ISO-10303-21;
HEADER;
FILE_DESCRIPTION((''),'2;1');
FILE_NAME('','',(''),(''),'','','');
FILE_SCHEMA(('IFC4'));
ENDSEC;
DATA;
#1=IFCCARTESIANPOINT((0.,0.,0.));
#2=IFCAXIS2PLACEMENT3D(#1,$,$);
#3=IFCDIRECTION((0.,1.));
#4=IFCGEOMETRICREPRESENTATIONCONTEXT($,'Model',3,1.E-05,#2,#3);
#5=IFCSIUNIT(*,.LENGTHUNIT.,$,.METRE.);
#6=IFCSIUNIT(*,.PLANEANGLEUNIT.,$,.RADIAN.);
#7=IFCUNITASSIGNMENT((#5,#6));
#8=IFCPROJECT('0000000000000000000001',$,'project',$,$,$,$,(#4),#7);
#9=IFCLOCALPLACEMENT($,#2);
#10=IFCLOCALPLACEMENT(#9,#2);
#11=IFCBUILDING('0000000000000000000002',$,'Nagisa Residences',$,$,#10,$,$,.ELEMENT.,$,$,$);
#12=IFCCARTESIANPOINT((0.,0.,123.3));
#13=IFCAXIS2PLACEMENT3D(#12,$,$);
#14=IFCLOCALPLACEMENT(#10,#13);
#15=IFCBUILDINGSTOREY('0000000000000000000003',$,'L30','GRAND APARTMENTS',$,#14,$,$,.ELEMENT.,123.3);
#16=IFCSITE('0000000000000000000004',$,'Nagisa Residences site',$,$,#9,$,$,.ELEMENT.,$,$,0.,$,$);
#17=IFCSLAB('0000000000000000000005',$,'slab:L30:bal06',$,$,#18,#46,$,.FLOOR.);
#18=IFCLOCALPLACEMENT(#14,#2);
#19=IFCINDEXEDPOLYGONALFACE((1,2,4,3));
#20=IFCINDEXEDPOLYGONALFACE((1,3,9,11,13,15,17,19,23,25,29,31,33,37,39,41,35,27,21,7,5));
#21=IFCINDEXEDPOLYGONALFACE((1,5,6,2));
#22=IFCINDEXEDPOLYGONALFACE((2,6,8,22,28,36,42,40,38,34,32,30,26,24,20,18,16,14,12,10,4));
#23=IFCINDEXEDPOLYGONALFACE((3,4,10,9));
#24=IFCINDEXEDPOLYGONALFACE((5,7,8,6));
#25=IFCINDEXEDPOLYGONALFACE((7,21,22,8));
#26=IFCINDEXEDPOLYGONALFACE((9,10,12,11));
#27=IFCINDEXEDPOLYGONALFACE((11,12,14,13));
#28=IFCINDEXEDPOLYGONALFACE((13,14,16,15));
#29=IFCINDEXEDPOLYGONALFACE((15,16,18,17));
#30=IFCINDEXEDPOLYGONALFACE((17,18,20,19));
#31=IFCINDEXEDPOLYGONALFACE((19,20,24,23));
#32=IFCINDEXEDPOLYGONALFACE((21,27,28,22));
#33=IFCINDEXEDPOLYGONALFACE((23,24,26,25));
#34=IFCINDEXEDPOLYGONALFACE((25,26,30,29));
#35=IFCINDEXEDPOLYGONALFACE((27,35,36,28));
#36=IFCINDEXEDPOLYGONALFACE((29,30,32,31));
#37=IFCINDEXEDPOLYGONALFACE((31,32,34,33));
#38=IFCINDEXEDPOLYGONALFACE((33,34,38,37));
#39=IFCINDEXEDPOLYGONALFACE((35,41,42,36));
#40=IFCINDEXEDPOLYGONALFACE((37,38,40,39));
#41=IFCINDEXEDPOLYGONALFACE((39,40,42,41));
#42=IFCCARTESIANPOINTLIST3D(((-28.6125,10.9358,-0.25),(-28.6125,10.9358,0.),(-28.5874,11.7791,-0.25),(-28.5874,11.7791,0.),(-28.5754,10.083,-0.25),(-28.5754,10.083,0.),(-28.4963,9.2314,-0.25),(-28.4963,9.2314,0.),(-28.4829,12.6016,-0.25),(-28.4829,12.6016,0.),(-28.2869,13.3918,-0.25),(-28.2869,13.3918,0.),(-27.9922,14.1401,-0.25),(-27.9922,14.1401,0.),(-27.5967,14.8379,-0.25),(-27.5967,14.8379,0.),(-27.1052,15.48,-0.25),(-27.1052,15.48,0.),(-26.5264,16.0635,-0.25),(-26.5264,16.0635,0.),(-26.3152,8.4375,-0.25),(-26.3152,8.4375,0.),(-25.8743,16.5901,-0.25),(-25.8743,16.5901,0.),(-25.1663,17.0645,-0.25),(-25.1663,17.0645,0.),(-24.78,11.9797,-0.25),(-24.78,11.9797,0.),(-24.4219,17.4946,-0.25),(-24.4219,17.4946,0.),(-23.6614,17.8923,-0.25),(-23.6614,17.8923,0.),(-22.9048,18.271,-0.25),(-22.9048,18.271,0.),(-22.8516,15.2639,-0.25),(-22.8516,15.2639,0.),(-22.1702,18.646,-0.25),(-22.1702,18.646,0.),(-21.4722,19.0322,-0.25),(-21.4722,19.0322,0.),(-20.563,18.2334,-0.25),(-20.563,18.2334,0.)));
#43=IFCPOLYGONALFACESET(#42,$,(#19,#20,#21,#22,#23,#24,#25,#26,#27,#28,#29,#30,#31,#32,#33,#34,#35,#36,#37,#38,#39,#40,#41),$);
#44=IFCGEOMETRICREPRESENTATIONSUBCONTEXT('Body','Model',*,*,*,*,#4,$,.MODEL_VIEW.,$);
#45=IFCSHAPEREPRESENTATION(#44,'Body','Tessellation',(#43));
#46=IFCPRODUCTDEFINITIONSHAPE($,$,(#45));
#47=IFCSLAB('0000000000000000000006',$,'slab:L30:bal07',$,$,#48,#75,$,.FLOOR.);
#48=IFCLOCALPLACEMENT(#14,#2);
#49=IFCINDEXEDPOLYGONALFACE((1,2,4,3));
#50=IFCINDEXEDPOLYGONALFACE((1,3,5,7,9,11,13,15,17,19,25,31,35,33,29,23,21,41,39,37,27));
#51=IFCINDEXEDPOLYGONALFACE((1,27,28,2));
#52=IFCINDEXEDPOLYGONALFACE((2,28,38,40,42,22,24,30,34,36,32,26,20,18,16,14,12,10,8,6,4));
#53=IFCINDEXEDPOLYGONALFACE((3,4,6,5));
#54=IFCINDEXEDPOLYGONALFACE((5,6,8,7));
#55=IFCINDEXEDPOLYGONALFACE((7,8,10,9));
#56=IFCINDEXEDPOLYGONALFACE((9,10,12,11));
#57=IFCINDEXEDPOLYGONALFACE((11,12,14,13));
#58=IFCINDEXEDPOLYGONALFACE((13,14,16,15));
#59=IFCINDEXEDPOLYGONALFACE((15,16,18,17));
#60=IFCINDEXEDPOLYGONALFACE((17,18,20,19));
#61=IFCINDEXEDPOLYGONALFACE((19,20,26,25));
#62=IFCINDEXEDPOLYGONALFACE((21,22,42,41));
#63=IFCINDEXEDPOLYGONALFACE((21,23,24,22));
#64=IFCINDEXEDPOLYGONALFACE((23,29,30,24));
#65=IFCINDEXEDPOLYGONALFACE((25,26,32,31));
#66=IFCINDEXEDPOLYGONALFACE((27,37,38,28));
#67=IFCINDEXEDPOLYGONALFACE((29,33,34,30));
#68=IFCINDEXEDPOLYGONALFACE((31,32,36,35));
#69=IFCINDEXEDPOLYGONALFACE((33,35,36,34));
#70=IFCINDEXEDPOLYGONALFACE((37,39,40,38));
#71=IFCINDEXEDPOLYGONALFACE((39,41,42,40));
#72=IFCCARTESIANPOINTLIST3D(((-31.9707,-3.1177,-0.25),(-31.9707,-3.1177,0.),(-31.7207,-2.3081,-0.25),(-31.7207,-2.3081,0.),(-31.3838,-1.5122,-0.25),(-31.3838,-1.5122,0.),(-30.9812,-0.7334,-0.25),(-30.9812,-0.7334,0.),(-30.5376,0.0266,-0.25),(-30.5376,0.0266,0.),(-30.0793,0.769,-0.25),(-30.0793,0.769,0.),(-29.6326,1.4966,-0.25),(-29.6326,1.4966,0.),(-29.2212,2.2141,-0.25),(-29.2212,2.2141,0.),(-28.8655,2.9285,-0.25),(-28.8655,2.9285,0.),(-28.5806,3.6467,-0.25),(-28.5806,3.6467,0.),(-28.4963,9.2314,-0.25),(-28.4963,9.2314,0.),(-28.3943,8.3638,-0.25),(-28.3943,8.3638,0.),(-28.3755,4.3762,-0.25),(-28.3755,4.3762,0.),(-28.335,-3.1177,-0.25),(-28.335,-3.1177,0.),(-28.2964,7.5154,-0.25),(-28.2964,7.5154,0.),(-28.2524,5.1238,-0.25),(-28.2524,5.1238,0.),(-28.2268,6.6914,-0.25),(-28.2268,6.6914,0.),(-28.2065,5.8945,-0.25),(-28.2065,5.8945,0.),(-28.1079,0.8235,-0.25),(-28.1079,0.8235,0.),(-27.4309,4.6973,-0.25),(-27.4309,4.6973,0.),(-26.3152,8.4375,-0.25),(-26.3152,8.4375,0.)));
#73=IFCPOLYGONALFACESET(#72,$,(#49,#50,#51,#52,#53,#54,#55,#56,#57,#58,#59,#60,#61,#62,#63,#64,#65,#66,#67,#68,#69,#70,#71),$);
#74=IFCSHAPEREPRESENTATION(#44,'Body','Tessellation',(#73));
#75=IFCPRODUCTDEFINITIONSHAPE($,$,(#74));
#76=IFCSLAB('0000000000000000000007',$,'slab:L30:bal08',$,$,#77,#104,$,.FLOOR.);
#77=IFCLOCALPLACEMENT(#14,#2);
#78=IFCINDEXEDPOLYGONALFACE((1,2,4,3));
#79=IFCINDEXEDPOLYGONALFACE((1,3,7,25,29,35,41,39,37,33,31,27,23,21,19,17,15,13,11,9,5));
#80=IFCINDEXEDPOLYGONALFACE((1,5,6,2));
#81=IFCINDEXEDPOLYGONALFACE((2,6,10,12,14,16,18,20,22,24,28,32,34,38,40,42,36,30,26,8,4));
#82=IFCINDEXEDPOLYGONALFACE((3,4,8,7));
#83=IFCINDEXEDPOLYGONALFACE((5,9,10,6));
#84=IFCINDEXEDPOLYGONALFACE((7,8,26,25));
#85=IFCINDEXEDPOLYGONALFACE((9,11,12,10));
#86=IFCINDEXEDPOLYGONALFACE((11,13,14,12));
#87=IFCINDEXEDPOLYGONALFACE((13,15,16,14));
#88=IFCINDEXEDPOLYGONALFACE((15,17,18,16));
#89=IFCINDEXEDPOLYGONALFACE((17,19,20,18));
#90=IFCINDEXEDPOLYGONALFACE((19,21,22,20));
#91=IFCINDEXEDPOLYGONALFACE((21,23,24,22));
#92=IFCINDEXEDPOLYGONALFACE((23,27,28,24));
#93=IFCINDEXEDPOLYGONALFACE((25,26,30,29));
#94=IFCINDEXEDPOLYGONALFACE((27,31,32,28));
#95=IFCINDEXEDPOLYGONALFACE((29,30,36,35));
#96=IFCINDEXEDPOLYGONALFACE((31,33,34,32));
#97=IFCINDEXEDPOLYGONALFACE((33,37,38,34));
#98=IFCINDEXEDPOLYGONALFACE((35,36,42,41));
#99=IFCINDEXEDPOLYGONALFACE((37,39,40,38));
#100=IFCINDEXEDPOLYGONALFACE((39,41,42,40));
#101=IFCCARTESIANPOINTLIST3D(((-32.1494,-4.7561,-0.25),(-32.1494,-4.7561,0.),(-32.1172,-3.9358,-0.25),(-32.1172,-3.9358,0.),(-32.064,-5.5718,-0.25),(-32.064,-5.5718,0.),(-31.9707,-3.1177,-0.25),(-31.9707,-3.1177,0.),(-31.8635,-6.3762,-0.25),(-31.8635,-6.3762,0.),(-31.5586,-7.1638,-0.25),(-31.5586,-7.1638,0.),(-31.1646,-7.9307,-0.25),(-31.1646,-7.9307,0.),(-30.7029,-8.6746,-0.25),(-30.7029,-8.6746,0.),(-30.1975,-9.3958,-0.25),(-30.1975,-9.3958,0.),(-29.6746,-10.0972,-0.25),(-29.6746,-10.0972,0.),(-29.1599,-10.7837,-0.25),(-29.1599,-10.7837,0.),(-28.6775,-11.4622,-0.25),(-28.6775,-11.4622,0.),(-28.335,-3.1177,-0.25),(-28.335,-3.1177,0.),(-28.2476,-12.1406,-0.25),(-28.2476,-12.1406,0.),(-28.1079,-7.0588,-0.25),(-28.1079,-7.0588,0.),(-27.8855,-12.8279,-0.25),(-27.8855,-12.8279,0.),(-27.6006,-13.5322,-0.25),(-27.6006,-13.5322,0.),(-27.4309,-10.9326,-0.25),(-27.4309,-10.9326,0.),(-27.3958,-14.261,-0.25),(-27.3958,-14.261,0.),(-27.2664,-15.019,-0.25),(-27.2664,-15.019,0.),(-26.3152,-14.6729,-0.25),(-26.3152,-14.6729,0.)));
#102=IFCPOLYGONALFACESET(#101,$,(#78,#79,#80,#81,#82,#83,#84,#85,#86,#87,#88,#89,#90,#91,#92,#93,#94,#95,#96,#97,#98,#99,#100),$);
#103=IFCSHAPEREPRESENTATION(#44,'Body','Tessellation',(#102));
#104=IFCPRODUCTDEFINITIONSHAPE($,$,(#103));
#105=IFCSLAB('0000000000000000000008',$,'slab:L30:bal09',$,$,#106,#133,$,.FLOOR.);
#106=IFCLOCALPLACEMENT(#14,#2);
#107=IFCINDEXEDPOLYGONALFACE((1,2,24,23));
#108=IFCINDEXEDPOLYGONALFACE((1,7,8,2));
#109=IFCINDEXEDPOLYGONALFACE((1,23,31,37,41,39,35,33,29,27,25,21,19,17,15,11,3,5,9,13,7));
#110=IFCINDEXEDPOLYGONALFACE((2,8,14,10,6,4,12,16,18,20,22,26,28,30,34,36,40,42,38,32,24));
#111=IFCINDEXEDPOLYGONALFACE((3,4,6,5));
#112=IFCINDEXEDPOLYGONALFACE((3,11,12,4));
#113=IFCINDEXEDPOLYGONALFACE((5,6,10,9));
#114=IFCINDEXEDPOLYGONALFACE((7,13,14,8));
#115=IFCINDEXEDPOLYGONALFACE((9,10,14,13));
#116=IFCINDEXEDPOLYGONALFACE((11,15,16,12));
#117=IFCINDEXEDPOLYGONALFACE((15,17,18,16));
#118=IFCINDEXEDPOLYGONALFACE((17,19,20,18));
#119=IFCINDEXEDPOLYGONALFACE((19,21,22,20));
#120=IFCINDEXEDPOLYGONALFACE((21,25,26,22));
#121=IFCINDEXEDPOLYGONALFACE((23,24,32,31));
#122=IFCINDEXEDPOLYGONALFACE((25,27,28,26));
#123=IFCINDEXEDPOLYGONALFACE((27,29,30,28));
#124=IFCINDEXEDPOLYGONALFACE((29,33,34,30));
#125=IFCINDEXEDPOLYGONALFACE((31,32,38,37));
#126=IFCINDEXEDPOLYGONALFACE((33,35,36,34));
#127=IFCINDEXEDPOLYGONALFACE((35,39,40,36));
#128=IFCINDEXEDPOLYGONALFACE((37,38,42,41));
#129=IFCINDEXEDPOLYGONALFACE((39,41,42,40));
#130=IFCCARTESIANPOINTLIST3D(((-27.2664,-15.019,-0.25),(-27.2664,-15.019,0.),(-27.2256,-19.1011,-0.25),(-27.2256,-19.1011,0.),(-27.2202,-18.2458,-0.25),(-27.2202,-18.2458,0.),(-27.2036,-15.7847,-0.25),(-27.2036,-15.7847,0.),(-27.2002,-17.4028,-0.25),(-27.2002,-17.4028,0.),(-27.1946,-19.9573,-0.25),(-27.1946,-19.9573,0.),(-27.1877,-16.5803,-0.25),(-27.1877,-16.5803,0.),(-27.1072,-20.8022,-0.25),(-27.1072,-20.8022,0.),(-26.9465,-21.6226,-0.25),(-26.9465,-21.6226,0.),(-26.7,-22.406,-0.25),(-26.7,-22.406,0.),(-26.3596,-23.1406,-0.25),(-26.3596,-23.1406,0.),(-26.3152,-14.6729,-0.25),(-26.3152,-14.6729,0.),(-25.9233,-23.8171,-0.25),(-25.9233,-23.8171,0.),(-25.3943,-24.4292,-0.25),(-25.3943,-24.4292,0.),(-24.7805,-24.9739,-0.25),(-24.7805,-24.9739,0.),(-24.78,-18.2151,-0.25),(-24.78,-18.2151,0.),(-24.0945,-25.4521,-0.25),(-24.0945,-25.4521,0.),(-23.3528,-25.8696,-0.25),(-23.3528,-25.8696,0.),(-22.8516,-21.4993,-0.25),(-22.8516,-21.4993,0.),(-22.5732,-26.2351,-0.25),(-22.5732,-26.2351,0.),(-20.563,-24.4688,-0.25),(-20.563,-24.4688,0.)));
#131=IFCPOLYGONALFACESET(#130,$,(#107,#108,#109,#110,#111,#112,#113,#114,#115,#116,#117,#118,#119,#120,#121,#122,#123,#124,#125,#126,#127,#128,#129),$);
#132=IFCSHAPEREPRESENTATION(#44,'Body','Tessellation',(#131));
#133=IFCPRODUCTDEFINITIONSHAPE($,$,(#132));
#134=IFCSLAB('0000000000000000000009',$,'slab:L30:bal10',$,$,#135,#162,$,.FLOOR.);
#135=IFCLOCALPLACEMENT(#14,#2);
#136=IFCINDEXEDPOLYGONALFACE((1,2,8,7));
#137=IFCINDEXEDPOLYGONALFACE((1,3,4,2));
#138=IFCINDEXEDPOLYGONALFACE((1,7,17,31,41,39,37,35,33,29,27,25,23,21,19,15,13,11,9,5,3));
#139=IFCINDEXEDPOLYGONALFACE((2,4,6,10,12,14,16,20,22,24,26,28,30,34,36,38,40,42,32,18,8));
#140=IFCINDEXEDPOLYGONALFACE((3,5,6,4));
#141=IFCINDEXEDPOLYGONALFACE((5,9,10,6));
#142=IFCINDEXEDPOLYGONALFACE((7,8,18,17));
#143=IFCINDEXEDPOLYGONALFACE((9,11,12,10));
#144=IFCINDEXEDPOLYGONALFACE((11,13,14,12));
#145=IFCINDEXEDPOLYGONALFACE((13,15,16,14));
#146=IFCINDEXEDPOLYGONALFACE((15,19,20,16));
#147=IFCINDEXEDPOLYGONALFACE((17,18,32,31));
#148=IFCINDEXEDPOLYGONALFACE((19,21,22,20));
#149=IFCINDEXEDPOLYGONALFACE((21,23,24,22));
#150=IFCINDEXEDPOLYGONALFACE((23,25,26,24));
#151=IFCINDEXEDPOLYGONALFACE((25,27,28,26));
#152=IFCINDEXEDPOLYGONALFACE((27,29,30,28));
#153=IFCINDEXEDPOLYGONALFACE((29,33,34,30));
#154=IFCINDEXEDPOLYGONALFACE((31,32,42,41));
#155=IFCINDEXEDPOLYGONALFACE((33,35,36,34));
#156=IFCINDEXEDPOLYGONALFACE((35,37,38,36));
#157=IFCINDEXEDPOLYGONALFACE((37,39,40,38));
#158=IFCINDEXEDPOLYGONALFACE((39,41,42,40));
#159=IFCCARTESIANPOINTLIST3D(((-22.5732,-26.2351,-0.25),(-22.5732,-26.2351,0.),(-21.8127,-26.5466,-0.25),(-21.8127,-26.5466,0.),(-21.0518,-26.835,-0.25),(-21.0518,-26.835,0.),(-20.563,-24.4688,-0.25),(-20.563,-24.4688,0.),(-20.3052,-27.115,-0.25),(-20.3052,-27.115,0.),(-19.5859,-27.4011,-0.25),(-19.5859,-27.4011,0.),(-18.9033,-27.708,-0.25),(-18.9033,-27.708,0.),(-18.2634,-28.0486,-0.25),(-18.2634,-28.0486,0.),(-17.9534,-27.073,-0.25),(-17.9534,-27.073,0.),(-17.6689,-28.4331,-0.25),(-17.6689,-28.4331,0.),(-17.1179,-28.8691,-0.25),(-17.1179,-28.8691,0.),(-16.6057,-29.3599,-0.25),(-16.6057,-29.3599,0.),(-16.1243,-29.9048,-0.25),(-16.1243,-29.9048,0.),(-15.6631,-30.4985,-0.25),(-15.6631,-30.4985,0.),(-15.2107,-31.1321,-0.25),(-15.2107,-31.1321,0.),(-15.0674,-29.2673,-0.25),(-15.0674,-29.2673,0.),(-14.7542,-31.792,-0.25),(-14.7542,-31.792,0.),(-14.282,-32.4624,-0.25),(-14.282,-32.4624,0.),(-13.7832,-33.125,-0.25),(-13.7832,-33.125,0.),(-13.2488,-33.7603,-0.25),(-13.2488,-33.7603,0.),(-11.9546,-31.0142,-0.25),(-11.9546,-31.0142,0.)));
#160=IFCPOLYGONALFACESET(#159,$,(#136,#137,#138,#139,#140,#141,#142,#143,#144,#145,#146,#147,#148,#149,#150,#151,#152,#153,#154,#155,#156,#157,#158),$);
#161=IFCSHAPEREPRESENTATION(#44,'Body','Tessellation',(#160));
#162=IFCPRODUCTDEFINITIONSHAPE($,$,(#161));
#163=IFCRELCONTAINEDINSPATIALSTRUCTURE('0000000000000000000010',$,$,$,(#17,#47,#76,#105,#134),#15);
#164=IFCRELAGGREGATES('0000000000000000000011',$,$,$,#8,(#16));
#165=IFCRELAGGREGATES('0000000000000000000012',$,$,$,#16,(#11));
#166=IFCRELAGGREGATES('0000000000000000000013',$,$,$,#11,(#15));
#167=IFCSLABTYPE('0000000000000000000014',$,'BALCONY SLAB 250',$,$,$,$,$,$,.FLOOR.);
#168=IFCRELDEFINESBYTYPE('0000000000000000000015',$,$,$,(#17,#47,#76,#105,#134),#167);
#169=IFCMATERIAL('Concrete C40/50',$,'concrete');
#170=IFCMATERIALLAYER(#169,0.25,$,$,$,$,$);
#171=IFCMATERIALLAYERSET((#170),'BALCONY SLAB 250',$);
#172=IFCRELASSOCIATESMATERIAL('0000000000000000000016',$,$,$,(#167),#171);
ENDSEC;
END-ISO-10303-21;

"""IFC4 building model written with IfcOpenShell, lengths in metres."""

from ifc_helpers import new_model, si_unit, direction, frame, origin, place, context, subcontext, project, spatial, polyline, outline, extrude, material, layer, layer_set, type_object, element, save


model = new_model("IFC4")

# Units and contexts
model_context = context("Model", 3, precision=1e-05, world=origin(), true_north=direction((0.0, 1.0)))
body_context = subcontext(model_context, "Body", "Model", "MODEL_VIEW")
ifc_project = project(units=[si_unit("LENGTHUNIT", "METRE"), si_unit("PLANEANGLEUNIT", "RADIAN")], contexts=[model_context])

# Site, building, storey
site_placement = place(None, origin())
site = spatial("IfcSite", under=ifc_project, at=site_placement, Name="Nagisa Residences site", CompositionType="ELEMENT", RefElevation=0.0)
building_placement = place(site_placement, origin())
building = spatial("IfcBuilding", under=site, at=building_placement, Name="Nagisa Residences", CompositionType="ELEMENT")
storey_placement = place(building_placement, frame((0.0, 0.0, 123.3)))
storey = spatial("IfcBuildingStorey", under=building, at=storey_placement, Name="L30", Description="GRAND APARTMENTS", CompositionType="ELEMENT", Elevation=123.3)

# Slabs
ifc_material_1 = material(Name="Concrete C40/50", Category="concrete")
ifc_layer_1 = layer(ifc_material_1, 0.25)
ifc_layer_set_1 = layer_set([ifc_layer_1], Name="BALCONY SLAB 250")
slab_type = type_object("IfcSlabType", Name="BALCONY SLAB 250", PredefinedType="FLOOR", material=ifc_layer_set_1)
slab_1_placement = place(storey_placement, frame((0.0, 0.0, -0.25)))
element("IfcSlab", 1, at=slab_1_placement, inside=storey, type_object=slab_type, Name="slab:L30:bal06", PredefinedType="FLOOR", context=body_context, shape_type="SweptSolid", body=[
    extrude(outline(polyline([(-21.4722, 19.0322), (-22.1702, 18.646), (-22.9048, 18.271), (-23.6614, 17.8923), (-24.4219, 17.4946), (-25.1663, 17.0645), (-25.8743, 16.5901), (-26.5264, 16.0635), (-27.1052, 15.48), (-27.5967, 14.8379), (-27.9922, 14.1401), (-28.2869, 13.3918), (-28.4829, 12.6016), (-28.5874, 11.7791), (-28.6125, 10.9358), (-28.5754, 10.083), (-28.4963, 9.2314), (-26.3152, 8.4375), (-24.78, 11.9797), (-22.8516, 15.2639), (-20.563, 18.2334), (-21.4722, 19.0322)])), origin(), (0.0, 0.0, 1.0), 0.25),
])
slab_2_placement = place(storey_placement, frame((0.0, 0.0, -0.25)))
element("IfcSlab", 2, at=slab_2_placement, inside=storey, type_object=slab_type, Name="slab:L30:bal07", PredefinedType="FLOOR", context=body_context, shape_type="SweptSolid", body=[
    extrude(outline(polyline([(-28.4963, 9.2314), (-28.3943, 8.3638), (-28.2964, 7.5154), (-28.2268, 6.6914), (-28.2065, 5.8945), (-28.2524, 5.1238), (-28.3755, 4.3762), (-28.5806, 3.6467), (-28.8655, 2.9285), (-29.2212, 2.2141), (-29.6326, 1.4966), (-30.0793, 0.769), (-30.5376, 0.0266), (-30.9812, -0.7334), (-31.3838, -1.5122), (-31.7207, -2.3081), (-31.9707, -3.1177), (-28.335, -3.1177), (-28.1079, 0.8235), (-27.4309, 4.6973), (-26.3152, 8.4375), (-28.4963, 9.2314)])), origin(), (0.0, 0.0, 1.0), 0.25),
])
slab_3_placement = place(storey_placement, frame((0.0, 0.0, -0.25)))
element("IfcSlab", 3, at=slab_3_placement, inside=storey, type_object=slab_type, Name="slab:L30:bal08", PredefinedType="FLOOR", context=body_context, shape_type="SweptSolid", body=[
    extrude(outline(polyline([(-31.9707, -3.1177), (-32.1172, -3.9358), (-32.1494, -4.7561), (-32.064, -5.5718), (-31.8635, -6.3762), (-31.5586, -7.1638), (-31.1646, -7.9307), (-30.7029, -8.6746), (-30.1975, -9.3958), (-29.6746, -10.0972), (-29.1599, -10.7837), (-28.6775, -11.4622), (-28.2476, -12.1406), (-27.8855, -12.8279), (-27.6006, -13.5322), (-27.3958, -14.261), (-27.2664, -15.019), (-26.3152, -14.6729), (-27.4309, -10.9326), (-28.1079, -7.0588), (-28.335, -3.1177), (-31.9707, -3.1177)])), origin(), (0.0, 0.0, 1.0), 0.25),
])
slab_4_placement = place(storey_placement, frame((0.0, 0.0, -0.25)))
element("IfcSlab", 4, at=slab_4_placement, inside=storey, type_object=slab_type, Name="slab:L30:bal09", PredefinedType="FLOOR", context=body_context, shape_type="SweptSolid", body=[
    extrude(outline(polyline([(-27.2664, -15.019), (-27.2036, -15.7847), (-27.1877, -16.5803), (-27.2002, -17.4028), (-27.2202, -18.2458), (-27.2256, -19.1011), (-27.1946, -19.9573), (-27.1072, -20.8022), (-26.9465, -21.6226), (-26.7, -22.406), (-26.3596, -23.1406), (-25.9233, -23.8171), (-25.3943, -24.4292), (-24.7805, -24.9739), (-24.0945, -25.4521), (-23.3528, -25.8696), (-22.5732, -26.2351), (-20.563, -24.4688), (-22.8516, -21.4993), (-24.78, -18.2151), (-26.3152, -14.6729), (-27.2664, -15.019)])), origin(), (0.0, 0.0, 1.0), 0.25),
])
slab_5_placement = place(storey_placement, frame((0.0, 0.0, -0.25)))
element("IfcSlab", 5, at=slab_5_placement, inside=storey, type_object=slab_type, Name="slab:L30:bal10", PredefinedType="FLOOR", context=body_context, shape_type="SweptSolid", body=[
    extrude(outline(polyline([(-22.5732, -26.2351), (-21.8127, -26.5466), (-21.0518, -26.835), (-20.3052, -27.115), (-19.5859, -27.4011), (-18.9033, -27.708), (-18.2634, -28.0486), (-17.6689, -28.4331), (-17.1179, -28.8691), (-16.6057, -29.3599), (-16.1243, -29.9048), (-15.6631, -30.4985), (-15.2107, -31.1321), (-14.7542, -31.792), (-14.282, -32.4624), (-13.7832, -33.125), (-13.2488, -33.7603), (-11.9546, -31.0142), (-15.0674, -29.2673), (-17.9534, -27.073), (-20.563, -24.4688), (-22.5732, -26.2351)])), origin(), (0.0, 0.0, 1.0), 0.25),
])

save(model, "model.ifc")
